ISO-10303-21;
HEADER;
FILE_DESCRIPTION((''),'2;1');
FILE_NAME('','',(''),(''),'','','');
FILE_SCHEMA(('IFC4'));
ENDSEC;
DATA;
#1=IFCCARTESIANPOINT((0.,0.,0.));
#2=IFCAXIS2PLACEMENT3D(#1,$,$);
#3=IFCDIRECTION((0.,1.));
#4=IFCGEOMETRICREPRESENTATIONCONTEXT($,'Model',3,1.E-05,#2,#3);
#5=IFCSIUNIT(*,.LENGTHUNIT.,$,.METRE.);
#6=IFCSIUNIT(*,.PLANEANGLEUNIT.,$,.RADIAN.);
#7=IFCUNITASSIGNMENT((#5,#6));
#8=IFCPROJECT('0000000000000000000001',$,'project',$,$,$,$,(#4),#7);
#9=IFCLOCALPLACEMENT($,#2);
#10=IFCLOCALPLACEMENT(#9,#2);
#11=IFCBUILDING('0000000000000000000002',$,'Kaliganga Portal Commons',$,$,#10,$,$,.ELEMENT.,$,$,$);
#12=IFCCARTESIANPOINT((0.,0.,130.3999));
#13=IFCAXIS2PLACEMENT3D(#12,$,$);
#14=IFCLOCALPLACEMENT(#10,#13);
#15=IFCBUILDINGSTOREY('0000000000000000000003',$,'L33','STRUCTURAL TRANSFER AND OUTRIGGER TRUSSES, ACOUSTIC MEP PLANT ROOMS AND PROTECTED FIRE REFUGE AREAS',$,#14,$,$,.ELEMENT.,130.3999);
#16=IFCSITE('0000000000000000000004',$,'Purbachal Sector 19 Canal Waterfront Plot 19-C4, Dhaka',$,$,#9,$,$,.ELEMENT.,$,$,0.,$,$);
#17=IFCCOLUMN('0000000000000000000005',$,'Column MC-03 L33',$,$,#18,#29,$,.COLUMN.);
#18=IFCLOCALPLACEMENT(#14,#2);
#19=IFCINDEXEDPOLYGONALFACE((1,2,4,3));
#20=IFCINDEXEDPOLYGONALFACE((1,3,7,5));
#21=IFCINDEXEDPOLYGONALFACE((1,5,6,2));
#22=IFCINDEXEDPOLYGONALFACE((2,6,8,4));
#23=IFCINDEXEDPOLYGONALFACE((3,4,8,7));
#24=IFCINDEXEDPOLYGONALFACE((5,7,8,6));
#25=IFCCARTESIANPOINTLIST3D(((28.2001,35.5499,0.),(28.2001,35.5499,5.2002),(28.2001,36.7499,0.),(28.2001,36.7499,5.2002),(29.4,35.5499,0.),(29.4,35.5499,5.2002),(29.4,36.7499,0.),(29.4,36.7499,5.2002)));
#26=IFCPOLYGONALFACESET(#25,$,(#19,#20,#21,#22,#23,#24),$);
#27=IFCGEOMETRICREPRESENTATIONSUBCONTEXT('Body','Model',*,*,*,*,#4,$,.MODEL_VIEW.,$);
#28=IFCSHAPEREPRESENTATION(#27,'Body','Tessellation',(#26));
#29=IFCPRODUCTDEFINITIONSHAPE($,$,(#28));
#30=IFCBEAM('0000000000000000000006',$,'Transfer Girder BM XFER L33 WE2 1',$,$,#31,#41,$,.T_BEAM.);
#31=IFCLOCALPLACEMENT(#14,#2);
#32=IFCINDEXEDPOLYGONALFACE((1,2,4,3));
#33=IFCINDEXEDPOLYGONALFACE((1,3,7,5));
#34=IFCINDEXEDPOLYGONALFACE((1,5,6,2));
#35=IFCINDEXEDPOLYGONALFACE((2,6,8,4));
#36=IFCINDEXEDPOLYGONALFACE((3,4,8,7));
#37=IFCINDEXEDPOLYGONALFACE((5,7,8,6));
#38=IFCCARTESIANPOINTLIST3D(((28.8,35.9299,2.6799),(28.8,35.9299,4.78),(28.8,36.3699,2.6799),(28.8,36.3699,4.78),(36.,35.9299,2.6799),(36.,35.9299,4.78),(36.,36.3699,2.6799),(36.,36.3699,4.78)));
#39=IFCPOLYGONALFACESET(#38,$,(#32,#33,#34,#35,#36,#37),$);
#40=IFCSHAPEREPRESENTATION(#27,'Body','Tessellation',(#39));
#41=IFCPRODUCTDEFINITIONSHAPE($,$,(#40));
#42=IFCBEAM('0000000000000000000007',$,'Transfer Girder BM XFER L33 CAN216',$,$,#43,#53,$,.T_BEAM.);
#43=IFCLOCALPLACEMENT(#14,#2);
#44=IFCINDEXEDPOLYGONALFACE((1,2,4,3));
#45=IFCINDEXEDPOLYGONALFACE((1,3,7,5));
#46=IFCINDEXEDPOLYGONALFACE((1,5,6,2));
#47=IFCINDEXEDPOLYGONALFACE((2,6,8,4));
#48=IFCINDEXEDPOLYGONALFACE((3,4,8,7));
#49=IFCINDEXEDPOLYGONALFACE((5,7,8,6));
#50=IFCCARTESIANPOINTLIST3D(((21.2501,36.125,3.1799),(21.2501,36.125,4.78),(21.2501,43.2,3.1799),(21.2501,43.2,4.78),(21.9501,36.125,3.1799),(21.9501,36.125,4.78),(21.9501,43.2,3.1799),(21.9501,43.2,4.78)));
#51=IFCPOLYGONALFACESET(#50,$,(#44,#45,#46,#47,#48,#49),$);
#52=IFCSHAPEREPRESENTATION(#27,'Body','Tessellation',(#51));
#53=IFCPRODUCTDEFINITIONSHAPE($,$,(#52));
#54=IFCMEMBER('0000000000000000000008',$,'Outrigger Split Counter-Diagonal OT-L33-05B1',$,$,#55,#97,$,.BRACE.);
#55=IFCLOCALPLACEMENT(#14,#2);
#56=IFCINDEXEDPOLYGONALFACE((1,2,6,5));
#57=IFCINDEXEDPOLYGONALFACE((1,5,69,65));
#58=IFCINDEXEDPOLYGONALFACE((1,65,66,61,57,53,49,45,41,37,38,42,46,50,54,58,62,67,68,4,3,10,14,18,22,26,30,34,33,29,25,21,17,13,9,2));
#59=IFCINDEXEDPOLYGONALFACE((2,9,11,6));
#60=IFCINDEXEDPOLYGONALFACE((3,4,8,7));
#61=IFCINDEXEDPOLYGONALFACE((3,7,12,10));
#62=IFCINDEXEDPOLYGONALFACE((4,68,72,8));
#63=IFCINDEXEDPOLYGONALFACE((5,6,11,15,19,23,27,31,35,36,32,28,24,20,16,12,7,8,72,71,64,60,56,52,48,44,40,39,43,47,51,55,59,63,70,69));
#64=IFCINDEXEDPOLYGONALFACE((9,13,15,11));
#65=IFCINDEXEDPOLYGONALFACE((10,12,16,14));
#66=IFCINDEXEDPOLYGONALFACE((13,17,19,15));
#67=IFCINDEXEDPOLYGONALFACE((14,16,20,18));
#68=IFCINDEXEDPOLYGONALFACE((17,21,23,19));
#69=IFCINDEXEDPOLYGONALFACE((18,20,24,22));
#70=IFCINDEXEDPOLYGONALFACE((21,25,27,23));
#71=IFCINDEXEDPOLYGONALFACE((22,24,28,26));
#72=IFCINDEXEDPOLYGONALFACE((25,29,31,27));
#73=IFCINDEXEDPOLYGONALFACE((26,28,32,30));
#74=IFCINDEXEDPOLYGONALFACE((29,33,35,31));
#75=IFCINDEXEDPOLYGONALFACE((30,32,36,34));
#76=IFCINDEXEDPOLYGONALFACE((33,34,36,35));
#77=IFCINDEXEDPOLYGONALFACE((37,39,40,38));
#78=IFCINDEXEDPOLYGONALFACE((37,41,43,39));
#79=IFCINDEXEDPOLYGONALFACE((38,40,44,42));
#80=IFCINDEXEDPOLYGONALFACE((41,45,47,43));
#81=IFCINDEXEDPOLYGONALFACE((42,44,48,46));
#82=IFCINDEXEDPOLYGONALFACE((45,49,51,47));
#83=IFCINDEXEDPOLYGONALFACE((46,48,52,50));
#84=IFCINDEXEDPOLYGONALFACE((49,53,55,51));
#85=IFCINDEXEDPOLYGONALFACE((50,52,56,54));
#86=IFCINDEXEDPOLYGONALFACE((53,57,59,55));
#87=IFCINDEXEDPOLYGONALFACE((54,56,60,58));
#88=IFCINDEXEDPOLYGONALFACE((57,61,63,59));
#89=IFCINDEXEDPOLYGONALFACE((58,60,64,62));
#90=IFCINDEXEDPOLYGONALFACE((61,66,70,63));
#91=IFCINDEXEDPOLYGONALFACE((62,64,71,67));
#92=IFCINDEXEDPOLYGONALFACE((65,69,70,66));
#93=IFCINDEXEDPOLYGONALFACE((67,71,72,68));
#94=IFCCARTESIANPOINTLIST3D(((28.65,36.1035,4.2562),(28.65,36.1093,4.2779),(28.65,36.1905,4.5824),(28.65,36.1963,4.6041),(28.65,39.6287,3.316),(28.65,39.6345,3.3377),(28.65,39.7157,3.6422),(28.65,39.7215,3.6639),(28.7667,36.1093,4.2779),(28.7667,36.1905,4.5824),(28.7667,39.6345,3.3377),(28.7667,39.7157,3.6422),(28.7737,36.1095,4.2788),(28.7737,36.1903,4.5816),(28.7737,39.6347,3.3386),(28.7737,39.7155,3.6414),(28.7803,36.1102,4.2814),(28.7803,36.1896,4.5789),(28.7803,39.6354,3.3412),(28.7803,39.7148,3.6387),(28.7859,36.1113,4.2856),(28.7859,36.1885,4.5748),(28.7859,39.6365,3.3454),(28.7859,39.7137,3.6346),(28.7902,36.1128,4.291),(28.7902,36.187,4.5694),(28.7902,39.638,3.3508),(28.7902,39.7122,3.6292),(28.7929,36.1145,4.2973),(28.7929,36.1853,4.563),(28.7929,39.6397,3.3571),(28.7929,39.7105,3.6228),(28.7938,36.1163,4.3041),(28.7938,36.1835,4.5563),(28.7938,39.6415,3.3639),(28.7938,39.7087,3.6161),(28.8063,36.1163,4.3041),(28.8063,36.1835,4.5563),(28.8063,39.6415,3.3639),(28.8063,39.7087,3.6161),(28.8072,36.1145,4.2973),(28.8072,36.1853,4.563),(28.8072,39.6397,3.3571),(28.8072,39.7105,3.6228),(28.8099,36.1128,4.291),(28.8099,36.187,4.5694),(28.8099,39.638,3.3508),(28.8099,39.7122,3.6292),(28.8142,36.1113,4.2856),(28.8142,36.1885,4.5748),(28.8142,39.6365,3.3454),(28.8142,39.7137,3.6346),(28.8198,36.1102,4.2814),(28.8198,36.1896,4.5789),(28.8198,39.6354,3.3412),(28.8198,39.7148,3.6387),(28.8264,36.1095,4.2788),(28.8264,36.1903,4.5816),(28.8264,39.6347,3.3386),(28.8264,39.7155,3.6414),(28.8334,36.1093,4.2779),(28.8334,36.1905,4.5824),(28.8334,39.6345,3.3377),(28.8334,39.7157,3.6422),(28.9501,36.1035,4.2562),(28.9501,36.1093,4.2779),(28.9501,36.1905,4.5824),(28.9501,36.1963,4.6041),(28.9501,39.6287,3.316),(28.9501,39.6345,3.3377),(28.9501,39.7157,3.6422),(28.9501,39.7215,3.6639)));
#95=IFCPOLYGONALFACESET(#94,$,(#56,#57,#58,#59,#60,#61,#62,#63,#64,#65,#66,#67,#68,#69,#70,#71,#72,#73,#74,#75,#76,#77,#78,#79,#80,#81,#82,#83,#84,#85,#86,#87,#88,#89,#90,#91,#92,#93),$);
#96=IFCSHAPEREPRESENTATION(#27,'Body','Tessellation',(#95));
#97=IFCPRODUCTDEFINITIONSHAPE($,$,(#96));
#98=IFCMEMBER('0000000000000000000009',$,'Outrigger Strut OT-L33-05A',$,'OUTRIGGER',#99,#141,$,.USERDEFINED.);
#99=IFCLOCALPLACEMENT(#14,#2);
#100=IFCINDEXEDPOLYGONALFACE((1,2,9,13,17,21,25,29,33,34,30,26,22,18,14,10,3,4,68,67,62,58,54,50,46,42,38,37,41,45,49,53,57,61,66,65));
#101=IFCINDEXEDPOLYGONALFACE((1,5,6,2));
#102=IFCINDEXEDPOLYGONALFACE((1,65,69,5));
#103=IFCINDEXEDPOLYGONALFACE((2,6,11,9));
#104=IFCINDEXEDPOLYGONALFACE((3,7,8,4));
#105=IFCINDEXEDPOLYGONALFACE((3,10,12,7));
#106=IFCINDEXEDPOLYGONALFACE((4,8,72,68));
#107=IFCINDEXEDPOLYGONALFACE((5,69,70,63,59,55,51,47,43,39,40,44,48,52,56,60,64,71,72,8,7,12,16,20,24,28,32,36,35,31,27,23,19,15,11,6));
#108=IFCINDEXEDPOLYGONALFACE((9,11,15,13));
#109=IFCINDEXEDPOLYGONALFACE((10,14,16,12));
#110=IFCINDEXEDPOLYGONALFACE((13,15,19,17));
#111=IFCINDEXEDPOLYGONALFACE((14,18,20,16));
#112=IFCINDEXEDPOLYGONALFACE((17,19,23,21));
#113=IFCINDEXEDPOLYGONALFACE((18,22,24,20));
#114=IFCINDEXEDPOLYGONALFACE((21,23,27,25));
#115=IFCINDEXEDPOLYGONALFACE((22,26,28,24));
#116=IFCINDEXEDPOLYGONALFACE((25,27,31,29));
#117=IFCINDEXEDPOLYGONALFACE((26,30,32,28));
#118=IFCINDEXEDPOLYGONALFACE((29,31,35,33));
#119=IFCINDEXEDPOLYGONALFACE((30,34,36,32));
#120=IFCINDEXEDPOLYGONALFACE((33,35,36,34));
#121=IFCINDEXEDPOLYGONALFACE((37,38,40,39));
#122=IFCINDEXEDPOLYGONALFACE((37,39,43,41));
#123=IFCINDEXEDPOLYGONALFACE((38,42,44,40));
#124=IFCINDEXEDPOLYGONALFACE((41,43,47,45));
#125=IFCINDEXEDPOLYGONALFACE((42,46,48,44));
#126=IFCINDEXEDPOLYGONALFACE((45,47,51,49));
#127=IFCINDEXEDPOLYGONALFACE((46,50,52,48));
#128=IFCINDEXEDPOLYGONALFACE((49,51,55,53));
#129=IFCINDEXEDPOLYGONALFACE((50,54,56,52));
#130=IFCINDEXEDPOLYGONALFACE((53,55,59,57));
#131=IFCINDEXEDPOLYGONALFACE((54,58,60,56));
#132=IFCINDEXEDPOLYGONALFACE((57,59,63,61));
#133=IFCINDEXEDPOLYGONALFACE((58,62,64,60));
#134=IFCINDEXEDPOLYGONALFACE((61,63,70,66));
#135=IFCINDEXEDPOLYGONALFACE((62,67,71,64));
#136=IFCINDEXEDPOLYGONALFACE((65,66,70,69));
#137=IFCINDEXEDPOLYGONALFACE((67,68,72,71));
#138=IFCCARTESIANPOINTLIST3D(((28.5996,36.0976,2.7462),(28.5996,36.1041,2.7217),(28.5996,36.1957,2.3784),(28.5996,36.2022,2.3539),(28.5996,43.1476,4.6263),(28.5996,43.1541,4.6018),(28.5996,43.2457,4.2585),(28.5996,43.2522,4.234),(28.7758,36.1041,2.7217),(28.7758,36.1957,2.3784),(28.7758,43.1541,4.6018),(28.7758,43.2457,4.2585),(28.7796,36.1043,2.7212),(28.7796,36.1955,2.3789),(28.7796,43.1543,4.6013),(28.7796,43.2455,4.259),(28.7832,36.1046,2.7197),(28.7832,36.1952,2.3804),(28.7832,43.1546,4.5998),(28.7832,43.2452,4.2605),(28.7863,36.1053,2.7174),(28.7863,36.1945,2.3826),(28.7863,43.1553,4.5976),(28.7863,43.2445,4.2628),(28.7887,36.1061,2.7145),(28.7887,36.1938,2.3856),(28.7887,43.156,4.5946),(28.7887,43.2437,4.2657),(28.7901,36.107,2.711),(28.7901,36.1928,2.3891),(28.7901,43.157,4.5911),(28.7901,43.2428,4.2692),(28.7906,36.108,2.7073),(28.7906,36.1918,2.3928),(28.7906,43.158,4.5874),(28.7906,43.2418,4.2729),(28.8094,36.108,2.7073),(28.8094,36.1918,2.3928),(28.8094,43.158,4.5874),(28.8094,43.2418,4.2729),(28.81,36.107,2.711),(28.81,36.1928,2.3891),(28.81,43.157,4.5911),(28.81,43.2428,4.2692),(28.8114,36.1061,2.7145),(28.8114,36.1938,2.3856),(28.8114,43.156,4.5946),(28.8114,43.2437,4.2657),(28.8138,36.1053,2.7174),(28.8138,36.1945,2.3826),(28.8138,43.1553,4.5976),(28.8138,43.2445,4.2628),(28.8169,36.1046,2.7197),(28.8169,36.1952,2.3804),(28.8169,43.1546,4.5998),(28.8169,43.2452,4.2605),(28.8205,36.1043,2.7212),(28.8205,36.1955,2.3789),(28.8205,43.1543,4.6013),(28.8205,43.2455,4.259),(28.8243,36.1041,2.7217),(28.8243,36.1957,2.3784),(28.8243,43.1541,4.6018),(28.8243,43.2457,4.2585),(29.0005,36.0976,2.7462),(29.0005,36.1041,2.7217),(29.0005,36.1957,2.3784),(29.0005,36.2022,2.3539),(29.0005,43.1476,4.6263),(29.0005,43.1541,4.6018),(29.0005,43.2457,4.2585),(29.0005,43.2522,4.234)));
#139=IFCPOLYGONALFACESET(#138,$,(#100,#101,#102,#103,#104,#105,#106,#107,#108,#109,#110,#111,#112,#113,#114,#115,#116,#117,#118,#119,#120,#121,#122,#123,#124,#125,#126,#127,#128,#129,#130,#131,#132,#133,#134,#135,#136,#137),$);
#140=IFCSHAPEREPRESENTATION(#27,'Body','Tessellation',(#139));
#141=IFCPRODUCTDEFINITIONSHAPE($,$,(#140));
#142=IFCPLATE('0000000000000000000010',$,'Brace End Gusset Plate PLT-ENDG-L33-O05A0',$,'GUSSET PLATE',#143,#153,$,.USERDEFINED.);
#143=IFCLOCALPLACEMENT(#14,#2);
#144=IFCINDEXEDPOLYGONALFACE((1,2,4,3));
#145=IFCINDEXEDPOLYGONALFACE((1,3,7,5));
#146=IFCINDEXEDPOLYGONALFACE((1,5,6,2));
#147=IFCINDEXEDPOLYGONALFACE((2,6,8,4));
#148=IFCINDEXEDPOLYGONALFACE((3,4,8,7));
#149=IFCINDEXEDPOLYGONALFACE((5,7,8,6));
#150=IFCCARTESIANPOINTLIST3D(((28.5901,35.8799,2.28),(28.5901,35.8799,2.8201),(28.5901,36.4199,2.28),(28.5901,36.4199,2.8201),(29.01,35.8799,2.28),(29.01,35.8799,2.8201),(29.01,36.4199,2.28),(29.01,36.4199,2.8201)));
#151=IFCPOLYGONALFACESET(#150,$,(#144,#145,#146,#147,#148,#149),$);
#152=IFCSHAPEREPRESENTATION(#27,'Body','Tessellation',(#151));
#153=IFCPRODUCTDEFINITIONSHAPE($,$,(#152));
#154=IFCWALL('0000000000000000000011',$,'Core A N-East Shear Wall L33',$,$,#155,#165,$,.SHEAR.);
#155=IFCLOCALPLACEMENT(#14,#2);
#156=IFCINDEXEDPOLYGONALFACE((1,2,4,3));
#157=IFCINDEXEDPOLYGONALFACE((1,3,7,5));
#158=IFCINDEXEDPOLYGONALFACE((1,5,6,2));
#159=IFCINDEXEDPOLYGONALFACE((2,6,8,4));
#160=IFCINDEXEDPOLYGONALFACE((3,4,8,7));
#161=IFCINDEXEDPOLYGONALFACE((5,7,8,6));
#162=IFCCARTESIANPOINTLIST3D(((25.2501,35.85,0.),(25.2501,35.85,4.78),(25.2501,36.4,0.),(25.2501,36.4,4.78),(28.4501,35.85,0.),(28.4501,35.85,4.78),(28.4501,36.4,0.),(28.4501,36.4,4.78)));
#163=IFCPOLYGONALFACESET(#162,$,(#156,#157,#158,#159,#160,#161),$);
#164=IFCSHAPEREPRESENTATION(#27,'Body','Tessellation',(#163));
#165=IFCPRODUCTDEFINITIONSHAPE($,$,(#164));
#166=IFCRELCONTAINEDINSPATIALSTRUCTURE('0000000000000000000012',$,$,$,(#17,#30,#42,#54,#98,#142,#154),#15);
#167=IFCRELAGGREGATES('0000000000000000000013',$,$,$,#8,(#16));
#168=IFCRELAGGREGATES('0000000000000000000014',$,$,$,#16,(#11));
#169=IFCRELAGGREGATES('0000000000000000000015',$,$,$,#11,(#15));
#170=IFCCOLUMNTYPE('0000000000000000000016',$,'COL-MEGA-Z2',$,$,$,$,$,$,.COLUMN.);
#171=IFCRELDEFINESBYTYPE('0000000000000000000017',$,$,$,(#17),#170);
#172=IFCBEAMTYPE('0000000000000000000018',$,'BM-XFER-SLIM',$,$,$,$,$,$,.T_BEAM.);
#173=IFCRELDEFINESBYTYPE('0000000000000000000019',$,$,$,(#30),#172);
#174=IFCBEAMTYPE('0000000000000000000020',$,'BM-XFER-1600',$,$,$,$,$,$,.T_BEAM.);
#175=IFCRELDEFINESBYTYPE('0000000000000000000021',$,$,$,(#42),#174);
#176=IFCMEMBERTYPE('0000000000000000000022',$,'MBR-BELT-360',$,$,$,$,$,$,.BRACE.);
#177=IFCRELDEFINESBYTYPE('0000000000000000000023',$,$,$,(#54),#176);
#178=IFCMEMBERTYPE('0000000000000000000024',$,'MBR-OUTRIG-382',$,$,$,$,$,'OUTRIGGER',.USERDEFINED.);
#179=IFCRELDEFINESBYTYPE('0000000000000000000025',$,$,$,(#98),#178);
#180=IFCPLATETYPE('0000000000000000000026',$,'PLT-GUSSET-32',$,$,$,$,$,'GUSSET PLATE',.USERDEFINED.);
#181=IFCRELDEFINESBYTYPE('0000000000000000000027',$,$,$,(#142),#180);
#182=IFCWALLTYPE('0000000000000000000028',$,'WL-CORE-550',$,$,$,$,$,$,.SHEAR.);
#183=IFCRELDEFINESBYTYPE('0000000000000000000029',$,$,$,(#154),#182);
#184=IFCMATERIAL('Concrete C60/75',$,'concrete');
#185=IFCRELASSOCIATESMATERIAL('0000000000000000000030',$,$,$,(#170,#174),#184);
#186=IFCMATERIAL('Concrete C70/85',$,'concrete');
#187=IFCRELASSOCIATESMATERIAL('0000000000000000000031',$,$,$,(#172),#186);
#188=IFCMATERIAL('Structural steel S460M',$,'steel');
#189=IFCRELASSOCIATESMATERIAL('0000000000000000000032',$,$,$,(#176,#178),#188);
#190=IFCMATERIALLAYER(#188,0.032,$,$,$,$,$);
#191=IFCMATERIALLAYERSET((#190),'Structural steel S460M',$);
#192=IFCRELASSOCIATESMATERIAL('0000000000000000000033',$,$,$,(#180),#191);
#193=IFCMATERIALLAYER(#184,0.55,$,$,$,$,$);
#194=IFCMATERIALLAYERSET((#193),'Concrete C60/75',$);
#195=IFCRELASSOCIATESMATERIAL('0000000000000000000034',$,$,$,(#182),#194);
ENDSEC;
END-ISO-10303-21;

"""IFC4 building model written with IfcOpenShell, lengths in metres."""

from ifc_helpers import new_model, si_unit, direction, frame, frame_2d, origin, origin_2d, place, context, subcontext, project, spatial, rectangle, i_section, extrude, source, transform, mapped, material, layer, layer_set, material_profile, profile_set, type_object, element, save


model = new_model("IFC4")

# Units and contexts
model_context = context("Model", 3, precision=1e-05, world=origin(), true_north=direction((0.0, 1.0)))
body_context = subcontext(model_context, "Body", "Model", "MODEL_VIEW")
ifc_project = project(units=[si_unit("LENGTHUNIT", "METRE"), si_unit("PLANEANGLEUNIT", "RADIAN")], contexts=[model_context])

# Site, building, storey
site_placement = place(None, origin())
site = spatial("IfcSite", under=ifc_project, at=site_placement, Name="Purbachal Sector 19 Canal Waterfront Plot 19-C4, Dhaka", CompositionType="ELEMENT", RefElevation=0.0)
building_placement = place(site_placement, origin())
building = spatial("IfcBuilding", under=site, at=building_placement, Name="Kaliganga Portal Commons", CompositionType="ELEMENT")
storey_placement = place(building_placement, frame((0.0, 0.0, 130.3999)))
storey = spatial("IfcBuildingStorey", under=building, at=storey_placement, Name="L33", Description="STRUCTURAL TRANSFER AND OUTRIGGER TRUSSES, ACOUSTIC MEP PLANT ROOMS AND PROTECTED FIRE REFUGE AREAS", CompositionType="ELEMENT", Elevation=130.3999)

# Column
ifc_material_1 = material(Name="Concrete C60/75", Category="concrete")
ifc_material_profile_1 = material_profile(ifc_material_1, rectangle(XDim=1.2, YDim=1.2, at=origin_2d()), Name="RC 1200x1200")
ifc_profile_set_1 = profile_set([ifc_material_profile_1], Name="Concrete C60/75")
column_type = type_object("IfcColumnType", Name="COL-MEGA-Z2", PredefinedType="COLUMN", material=ifc_profile_set_1)
shared_shape_1 = source(origin(), body_context, "Body", "SweptSolid", [
    extrude(rectangle(XDim=1.2, YDim=1.2, at=origin_2d()), origin(), (0.0, 0.0, 1.0), 5.2002),
])
column_placement = place(storey_placement, frame((28.8, 36.1499, 0.0), z_axis=(0.0, 0.0, 1.0), x_axis=(1.0, 0.0, 0.0)))
element("IfcColumn", 1, at=column_placement, inside=storey, type_object=column_type, Name="Column MC-03 L33", PredefinedType="COLUMN", context=body_context, shape_type="MappedRepresentation", body=[
    mapped(shared_shape_1, transform((0.0, 0.0, 0.0), x_axis=(1.0, 0.0, 0.0), y_axis=(0.0, 1.0, 0.0), z_axis=(0.0, 0.0, 1.0), scale=1.0)),
])

# Beams
ifc_material_2 = material(Name="Concrete C70/85", Category="concrete")
ifc_material_profile_2 = material_profile(ifc_material_2, rectangle(XDim=0.4399, YDim=2.1001, at=origin_2d()), Name="RC 440x2100")
ifc_profile_set_2 = profile_set([ifc_material_profile_2], Name="Concrete C70/85")
beam_type_1 = type_object("IfcBeamType", Name="BM-XFER-SLIM", PredefinedType="T_BEAM", material=ifc_profile_set_2)
shared_shape_2 = source(origin(), body_context, "Body", "SweptSolid", [
    extrude(rectangle(XDim=0.4399, YDim=2.1001, at=origin_2d()), origin(), (0.0, 0.0, 1.0), 7.2),
])
beam_1_placement = place(storey_placement, frame((28.8, 36.1499, 3.73), z_axis=(1.0, 0.0, 0.0), x_axis=(0.0, 1.0, 0.0)))
element("IfcBeam", 2, at=beam_1_placement, inside=storey, type_object=beam_type_1, Name="Transfer Girder BM XFER L33 WE2 1", PredefinedType="T_BEAM", context=body_context, shape_type="MappedRepresentation", body=[
    mapped(shared_shape_2, transform((0.0, 0.0, 0.0), x_axis=(1.0, 0.0, 0.0), y_axis=(0.0, 1.0, 0.0), z_axis=(0.0, 0.0, 1.0), scale=1.0)),
])
ifc_material_profile_3 = material_profile(ifc_material_1, rectangle(XDim=0.7, YDim=1.6001, at=origin_2d()), Name="RC 700x1600")
ifc_profile_set_3 = profile_set([ifc_material_profile_3], Name="Concrete C60/75")
beam_type_2 = type_object("IfcBeamType", Name="BM-XFER-1600", PredefinedType="T_BEAM", material=ifc_profile_set_3)
shared_shape_3 = source(origin(), body_context, "Body", "SweptSolid", [
    extrude(rectangle(XDim=0.7, YDim=1.6001, at=origin_2d()), origin(), (0.0, 0.0, 1.0), 7.075),
])
beam_2_placement = place(storey_placement, frame((21.6001, 36.125, 3.98), z_axis=(0.0, 1.0, 0.0), x_axis=(-1.0, 0.0, 0.0)))
element("IfcBeam", 3, at=beam_2_placement, inside=storey, type_object=beam_type_2, Name="Transfer Girder BM XFER L33 CAN216", PredefinedType="T_BEAM", context=body_context, shape_type="MappedRepresentation", body=[
    mapped(shared_shape_3, transform((0.0, 0.0, 0.0), x_axis=(1.0, 0.0, 0.0), y_axis=(0.0, 1.0, 0.0), z_axis=(0.0, 0.0, 1.0), scale=1.0)),
])

# Members
ifc_material_3 = material(Name="Structural steel S460M", Category="steel")
ifc_material_profile_4 = material_profile(ifc_material_3, i_section(OverallWidth=0.3, OverallDepth=0.3601, WebThickness=0.0125, FlangeThickness=0.0225, FilletRadius=0.0271, at=origin_2d()), Name="HE 360 B")
ifc_profile_set_4 = profile_set([ifc_material_profile_4], Name="Structural steel S460M wide-flange")
member_type_1 = type_object("IfcMemberType", Name="MBR-BELT-360", PredefinedType="BRACE", material=ifc_profile_set_4)
shared_shape_4 = source(origin(), body_context, "Body", "SweptSolid", [
    extrude(i_section(OverallWidth=0.3, OverallDepth=0.3601, WebThickness=0.0125, FlangeThickness=0.0225, FilletRadius=0.0271, at=origin_2d()), origin(), (0.0, 0.0, 1.0), 3.6484),
])
member_1_placement = place(storey_placement, frame((28.8, 36.1499, 4.4302), z_axis=(0.0, 0.966225, -0.2577), x_axis=(-1.0, 0.0, 0.0)))
element("IfcMember", 4, at=member_1_placement, inside=storey, type_object=member_type_1, Name="Outrigger Split Counter-Diagonal OT-L33-05B1", PredefinedType="BRACE", context=body_context, shape_type="MappedRepresentation", body=[
    mapped(shared_shape_4, transform((0.0, 0.0, 0.0), x_axis=(1.0, 0.0, 0.0), y_axis=(0.0, 1.0, 0.0), z_axis=(0.0, 0.0, 1.0), scale=1.0)),
])
ifc_material_profile_5 = material_profile(ifc_material_3, i_section(OverallWidth=0.4009, OverallDepth=0.406, WebThickness=0.0188, FlangeThickness=0.0254, FilletRadius=0.0149, at=origin_2d()), Name="HD 400x314")
ifc_profile_set_5 = profile_set([ifc_material_profile_5], Name="Structural steel S460M wide-flange")
member_type_2 = type_object("IfcMemberType", Name="MBR-OUTRIG-382", ElementType="OUTRIGGER", PredefinedType="USERDEFINED", material=ifc_profile_set_5)
shared_shape_5 = source(origin(), body_context, "Body", "SweptSolid", [
    extrude(i_section(OverallWidth=0.4009, OverallDepth=0.406, WebThickness=0.0188, FlangeThickness=0.0254, FilletRadius=0.0149, at=origin_2d()), origin(), (0.0, 0.0, 1.0), 7.2964),
])
member_2_placement = place(storey_placement, frame((28.8, 36.1499, 2.55), z_axis=(0.0, 0.966231, 0.257677), x_axis=(-1.0, 0.0, 0.0)))
element("IfcMember", 5, at=member_2_placement, inside=storey, type_object=member_type_2, Name="Outrigger Strut OT-L33-05A", ObjectType="OUTRIGGER", PredefinedType="USERDEFINED", context=body_context, shape_type="MappedRepresentation", body=[
    mapped(shared_shape_5, transform((0.0, 0.0, 0.0), x_axis=(1.0, 0.0, 0.0), y_axis=(0.0, 1.0, 0.0), z_axis=(0.0, 0.0, 1.0), scale=1.0)),
])

# Plate
ifc_layer_1 = layer(ifc_material_3, 0.032)
ifc_layer_set_1 = layer_set([ifc_layer_1], Name="Structural steel S460M")
plate_type = type_object("IfcPlateType", Name="PLT-GUSSET-32", ElementType="GUSSET PLATE", PredefinedType="USERDEFINED", material=ifc_layer_set_1)
shared_shape_6 = source(origin(), body_context, "Body", "SweptSolid", [
    extrude(rectangle(XDim=0.54, YDim=0.4199, at=origin_2d()), origin(), (0.0, 0.0, 1.0), 0.54),
])
plate_placement = place(storey_placement, frame((28.8, 36.1499, 2.28), z_axis=(0.0, 0.0, 1.0), x_axis=(0.0, 1.0, 0.0)))
element("IfcPlate", 6, at=plate_placement, inside=storey, type_object=plate_type, Name="Brace End Gusset Plate PLT-ENDG-L33-O05A0", ObjectType="GUSSET PLATE", PredefinedType="USERDEFINED", context=body_context, shape_type="MappedRepresentation", body=[
    mapped(shared_shape_6, transform((0.0, 0.0, 0.0), x_axis=(1.0, 0.0, 0.0), y_axis=(0.0, 1.0, 0.0), z_axis=(0.0, 0.0, 1.0), scale=1.0)),
])

# Wall
ifc_layer_2 = layer(ifc_material_1, 0.55)
ifc_layer_set_2 = layer_set([ifc_layer_2], Name="Concrete C60/75")
wall_type_1 = type_object("IfcWallType", Name="WL-CORE-550", PredefinedType="SHEAR", material=ifc_layer_set_2)
wall_1_placement = place(storey_placement, frame((25.25, 36.125, 0.0), z_axis=(0.0, 0.0, 1.0), x_axis=(1.0, 0.0, 0.0)))
element("IfcWall", 7, at=wall_1_placement, inside=storey, type_object=wall_type_1, Name="Core A N-East Shear Wall L33", PredefinedType="SHEAR", context=body_context, shape_type="SweptSolid", body=[
    extrude(rectangle(XDim=3.2, YDim=0.55, at=frame_2d((1.6001, 0.0))), origin(), (0.0, 0.0, 1.0), 4.78),
])

save(model, "model.ifc")
